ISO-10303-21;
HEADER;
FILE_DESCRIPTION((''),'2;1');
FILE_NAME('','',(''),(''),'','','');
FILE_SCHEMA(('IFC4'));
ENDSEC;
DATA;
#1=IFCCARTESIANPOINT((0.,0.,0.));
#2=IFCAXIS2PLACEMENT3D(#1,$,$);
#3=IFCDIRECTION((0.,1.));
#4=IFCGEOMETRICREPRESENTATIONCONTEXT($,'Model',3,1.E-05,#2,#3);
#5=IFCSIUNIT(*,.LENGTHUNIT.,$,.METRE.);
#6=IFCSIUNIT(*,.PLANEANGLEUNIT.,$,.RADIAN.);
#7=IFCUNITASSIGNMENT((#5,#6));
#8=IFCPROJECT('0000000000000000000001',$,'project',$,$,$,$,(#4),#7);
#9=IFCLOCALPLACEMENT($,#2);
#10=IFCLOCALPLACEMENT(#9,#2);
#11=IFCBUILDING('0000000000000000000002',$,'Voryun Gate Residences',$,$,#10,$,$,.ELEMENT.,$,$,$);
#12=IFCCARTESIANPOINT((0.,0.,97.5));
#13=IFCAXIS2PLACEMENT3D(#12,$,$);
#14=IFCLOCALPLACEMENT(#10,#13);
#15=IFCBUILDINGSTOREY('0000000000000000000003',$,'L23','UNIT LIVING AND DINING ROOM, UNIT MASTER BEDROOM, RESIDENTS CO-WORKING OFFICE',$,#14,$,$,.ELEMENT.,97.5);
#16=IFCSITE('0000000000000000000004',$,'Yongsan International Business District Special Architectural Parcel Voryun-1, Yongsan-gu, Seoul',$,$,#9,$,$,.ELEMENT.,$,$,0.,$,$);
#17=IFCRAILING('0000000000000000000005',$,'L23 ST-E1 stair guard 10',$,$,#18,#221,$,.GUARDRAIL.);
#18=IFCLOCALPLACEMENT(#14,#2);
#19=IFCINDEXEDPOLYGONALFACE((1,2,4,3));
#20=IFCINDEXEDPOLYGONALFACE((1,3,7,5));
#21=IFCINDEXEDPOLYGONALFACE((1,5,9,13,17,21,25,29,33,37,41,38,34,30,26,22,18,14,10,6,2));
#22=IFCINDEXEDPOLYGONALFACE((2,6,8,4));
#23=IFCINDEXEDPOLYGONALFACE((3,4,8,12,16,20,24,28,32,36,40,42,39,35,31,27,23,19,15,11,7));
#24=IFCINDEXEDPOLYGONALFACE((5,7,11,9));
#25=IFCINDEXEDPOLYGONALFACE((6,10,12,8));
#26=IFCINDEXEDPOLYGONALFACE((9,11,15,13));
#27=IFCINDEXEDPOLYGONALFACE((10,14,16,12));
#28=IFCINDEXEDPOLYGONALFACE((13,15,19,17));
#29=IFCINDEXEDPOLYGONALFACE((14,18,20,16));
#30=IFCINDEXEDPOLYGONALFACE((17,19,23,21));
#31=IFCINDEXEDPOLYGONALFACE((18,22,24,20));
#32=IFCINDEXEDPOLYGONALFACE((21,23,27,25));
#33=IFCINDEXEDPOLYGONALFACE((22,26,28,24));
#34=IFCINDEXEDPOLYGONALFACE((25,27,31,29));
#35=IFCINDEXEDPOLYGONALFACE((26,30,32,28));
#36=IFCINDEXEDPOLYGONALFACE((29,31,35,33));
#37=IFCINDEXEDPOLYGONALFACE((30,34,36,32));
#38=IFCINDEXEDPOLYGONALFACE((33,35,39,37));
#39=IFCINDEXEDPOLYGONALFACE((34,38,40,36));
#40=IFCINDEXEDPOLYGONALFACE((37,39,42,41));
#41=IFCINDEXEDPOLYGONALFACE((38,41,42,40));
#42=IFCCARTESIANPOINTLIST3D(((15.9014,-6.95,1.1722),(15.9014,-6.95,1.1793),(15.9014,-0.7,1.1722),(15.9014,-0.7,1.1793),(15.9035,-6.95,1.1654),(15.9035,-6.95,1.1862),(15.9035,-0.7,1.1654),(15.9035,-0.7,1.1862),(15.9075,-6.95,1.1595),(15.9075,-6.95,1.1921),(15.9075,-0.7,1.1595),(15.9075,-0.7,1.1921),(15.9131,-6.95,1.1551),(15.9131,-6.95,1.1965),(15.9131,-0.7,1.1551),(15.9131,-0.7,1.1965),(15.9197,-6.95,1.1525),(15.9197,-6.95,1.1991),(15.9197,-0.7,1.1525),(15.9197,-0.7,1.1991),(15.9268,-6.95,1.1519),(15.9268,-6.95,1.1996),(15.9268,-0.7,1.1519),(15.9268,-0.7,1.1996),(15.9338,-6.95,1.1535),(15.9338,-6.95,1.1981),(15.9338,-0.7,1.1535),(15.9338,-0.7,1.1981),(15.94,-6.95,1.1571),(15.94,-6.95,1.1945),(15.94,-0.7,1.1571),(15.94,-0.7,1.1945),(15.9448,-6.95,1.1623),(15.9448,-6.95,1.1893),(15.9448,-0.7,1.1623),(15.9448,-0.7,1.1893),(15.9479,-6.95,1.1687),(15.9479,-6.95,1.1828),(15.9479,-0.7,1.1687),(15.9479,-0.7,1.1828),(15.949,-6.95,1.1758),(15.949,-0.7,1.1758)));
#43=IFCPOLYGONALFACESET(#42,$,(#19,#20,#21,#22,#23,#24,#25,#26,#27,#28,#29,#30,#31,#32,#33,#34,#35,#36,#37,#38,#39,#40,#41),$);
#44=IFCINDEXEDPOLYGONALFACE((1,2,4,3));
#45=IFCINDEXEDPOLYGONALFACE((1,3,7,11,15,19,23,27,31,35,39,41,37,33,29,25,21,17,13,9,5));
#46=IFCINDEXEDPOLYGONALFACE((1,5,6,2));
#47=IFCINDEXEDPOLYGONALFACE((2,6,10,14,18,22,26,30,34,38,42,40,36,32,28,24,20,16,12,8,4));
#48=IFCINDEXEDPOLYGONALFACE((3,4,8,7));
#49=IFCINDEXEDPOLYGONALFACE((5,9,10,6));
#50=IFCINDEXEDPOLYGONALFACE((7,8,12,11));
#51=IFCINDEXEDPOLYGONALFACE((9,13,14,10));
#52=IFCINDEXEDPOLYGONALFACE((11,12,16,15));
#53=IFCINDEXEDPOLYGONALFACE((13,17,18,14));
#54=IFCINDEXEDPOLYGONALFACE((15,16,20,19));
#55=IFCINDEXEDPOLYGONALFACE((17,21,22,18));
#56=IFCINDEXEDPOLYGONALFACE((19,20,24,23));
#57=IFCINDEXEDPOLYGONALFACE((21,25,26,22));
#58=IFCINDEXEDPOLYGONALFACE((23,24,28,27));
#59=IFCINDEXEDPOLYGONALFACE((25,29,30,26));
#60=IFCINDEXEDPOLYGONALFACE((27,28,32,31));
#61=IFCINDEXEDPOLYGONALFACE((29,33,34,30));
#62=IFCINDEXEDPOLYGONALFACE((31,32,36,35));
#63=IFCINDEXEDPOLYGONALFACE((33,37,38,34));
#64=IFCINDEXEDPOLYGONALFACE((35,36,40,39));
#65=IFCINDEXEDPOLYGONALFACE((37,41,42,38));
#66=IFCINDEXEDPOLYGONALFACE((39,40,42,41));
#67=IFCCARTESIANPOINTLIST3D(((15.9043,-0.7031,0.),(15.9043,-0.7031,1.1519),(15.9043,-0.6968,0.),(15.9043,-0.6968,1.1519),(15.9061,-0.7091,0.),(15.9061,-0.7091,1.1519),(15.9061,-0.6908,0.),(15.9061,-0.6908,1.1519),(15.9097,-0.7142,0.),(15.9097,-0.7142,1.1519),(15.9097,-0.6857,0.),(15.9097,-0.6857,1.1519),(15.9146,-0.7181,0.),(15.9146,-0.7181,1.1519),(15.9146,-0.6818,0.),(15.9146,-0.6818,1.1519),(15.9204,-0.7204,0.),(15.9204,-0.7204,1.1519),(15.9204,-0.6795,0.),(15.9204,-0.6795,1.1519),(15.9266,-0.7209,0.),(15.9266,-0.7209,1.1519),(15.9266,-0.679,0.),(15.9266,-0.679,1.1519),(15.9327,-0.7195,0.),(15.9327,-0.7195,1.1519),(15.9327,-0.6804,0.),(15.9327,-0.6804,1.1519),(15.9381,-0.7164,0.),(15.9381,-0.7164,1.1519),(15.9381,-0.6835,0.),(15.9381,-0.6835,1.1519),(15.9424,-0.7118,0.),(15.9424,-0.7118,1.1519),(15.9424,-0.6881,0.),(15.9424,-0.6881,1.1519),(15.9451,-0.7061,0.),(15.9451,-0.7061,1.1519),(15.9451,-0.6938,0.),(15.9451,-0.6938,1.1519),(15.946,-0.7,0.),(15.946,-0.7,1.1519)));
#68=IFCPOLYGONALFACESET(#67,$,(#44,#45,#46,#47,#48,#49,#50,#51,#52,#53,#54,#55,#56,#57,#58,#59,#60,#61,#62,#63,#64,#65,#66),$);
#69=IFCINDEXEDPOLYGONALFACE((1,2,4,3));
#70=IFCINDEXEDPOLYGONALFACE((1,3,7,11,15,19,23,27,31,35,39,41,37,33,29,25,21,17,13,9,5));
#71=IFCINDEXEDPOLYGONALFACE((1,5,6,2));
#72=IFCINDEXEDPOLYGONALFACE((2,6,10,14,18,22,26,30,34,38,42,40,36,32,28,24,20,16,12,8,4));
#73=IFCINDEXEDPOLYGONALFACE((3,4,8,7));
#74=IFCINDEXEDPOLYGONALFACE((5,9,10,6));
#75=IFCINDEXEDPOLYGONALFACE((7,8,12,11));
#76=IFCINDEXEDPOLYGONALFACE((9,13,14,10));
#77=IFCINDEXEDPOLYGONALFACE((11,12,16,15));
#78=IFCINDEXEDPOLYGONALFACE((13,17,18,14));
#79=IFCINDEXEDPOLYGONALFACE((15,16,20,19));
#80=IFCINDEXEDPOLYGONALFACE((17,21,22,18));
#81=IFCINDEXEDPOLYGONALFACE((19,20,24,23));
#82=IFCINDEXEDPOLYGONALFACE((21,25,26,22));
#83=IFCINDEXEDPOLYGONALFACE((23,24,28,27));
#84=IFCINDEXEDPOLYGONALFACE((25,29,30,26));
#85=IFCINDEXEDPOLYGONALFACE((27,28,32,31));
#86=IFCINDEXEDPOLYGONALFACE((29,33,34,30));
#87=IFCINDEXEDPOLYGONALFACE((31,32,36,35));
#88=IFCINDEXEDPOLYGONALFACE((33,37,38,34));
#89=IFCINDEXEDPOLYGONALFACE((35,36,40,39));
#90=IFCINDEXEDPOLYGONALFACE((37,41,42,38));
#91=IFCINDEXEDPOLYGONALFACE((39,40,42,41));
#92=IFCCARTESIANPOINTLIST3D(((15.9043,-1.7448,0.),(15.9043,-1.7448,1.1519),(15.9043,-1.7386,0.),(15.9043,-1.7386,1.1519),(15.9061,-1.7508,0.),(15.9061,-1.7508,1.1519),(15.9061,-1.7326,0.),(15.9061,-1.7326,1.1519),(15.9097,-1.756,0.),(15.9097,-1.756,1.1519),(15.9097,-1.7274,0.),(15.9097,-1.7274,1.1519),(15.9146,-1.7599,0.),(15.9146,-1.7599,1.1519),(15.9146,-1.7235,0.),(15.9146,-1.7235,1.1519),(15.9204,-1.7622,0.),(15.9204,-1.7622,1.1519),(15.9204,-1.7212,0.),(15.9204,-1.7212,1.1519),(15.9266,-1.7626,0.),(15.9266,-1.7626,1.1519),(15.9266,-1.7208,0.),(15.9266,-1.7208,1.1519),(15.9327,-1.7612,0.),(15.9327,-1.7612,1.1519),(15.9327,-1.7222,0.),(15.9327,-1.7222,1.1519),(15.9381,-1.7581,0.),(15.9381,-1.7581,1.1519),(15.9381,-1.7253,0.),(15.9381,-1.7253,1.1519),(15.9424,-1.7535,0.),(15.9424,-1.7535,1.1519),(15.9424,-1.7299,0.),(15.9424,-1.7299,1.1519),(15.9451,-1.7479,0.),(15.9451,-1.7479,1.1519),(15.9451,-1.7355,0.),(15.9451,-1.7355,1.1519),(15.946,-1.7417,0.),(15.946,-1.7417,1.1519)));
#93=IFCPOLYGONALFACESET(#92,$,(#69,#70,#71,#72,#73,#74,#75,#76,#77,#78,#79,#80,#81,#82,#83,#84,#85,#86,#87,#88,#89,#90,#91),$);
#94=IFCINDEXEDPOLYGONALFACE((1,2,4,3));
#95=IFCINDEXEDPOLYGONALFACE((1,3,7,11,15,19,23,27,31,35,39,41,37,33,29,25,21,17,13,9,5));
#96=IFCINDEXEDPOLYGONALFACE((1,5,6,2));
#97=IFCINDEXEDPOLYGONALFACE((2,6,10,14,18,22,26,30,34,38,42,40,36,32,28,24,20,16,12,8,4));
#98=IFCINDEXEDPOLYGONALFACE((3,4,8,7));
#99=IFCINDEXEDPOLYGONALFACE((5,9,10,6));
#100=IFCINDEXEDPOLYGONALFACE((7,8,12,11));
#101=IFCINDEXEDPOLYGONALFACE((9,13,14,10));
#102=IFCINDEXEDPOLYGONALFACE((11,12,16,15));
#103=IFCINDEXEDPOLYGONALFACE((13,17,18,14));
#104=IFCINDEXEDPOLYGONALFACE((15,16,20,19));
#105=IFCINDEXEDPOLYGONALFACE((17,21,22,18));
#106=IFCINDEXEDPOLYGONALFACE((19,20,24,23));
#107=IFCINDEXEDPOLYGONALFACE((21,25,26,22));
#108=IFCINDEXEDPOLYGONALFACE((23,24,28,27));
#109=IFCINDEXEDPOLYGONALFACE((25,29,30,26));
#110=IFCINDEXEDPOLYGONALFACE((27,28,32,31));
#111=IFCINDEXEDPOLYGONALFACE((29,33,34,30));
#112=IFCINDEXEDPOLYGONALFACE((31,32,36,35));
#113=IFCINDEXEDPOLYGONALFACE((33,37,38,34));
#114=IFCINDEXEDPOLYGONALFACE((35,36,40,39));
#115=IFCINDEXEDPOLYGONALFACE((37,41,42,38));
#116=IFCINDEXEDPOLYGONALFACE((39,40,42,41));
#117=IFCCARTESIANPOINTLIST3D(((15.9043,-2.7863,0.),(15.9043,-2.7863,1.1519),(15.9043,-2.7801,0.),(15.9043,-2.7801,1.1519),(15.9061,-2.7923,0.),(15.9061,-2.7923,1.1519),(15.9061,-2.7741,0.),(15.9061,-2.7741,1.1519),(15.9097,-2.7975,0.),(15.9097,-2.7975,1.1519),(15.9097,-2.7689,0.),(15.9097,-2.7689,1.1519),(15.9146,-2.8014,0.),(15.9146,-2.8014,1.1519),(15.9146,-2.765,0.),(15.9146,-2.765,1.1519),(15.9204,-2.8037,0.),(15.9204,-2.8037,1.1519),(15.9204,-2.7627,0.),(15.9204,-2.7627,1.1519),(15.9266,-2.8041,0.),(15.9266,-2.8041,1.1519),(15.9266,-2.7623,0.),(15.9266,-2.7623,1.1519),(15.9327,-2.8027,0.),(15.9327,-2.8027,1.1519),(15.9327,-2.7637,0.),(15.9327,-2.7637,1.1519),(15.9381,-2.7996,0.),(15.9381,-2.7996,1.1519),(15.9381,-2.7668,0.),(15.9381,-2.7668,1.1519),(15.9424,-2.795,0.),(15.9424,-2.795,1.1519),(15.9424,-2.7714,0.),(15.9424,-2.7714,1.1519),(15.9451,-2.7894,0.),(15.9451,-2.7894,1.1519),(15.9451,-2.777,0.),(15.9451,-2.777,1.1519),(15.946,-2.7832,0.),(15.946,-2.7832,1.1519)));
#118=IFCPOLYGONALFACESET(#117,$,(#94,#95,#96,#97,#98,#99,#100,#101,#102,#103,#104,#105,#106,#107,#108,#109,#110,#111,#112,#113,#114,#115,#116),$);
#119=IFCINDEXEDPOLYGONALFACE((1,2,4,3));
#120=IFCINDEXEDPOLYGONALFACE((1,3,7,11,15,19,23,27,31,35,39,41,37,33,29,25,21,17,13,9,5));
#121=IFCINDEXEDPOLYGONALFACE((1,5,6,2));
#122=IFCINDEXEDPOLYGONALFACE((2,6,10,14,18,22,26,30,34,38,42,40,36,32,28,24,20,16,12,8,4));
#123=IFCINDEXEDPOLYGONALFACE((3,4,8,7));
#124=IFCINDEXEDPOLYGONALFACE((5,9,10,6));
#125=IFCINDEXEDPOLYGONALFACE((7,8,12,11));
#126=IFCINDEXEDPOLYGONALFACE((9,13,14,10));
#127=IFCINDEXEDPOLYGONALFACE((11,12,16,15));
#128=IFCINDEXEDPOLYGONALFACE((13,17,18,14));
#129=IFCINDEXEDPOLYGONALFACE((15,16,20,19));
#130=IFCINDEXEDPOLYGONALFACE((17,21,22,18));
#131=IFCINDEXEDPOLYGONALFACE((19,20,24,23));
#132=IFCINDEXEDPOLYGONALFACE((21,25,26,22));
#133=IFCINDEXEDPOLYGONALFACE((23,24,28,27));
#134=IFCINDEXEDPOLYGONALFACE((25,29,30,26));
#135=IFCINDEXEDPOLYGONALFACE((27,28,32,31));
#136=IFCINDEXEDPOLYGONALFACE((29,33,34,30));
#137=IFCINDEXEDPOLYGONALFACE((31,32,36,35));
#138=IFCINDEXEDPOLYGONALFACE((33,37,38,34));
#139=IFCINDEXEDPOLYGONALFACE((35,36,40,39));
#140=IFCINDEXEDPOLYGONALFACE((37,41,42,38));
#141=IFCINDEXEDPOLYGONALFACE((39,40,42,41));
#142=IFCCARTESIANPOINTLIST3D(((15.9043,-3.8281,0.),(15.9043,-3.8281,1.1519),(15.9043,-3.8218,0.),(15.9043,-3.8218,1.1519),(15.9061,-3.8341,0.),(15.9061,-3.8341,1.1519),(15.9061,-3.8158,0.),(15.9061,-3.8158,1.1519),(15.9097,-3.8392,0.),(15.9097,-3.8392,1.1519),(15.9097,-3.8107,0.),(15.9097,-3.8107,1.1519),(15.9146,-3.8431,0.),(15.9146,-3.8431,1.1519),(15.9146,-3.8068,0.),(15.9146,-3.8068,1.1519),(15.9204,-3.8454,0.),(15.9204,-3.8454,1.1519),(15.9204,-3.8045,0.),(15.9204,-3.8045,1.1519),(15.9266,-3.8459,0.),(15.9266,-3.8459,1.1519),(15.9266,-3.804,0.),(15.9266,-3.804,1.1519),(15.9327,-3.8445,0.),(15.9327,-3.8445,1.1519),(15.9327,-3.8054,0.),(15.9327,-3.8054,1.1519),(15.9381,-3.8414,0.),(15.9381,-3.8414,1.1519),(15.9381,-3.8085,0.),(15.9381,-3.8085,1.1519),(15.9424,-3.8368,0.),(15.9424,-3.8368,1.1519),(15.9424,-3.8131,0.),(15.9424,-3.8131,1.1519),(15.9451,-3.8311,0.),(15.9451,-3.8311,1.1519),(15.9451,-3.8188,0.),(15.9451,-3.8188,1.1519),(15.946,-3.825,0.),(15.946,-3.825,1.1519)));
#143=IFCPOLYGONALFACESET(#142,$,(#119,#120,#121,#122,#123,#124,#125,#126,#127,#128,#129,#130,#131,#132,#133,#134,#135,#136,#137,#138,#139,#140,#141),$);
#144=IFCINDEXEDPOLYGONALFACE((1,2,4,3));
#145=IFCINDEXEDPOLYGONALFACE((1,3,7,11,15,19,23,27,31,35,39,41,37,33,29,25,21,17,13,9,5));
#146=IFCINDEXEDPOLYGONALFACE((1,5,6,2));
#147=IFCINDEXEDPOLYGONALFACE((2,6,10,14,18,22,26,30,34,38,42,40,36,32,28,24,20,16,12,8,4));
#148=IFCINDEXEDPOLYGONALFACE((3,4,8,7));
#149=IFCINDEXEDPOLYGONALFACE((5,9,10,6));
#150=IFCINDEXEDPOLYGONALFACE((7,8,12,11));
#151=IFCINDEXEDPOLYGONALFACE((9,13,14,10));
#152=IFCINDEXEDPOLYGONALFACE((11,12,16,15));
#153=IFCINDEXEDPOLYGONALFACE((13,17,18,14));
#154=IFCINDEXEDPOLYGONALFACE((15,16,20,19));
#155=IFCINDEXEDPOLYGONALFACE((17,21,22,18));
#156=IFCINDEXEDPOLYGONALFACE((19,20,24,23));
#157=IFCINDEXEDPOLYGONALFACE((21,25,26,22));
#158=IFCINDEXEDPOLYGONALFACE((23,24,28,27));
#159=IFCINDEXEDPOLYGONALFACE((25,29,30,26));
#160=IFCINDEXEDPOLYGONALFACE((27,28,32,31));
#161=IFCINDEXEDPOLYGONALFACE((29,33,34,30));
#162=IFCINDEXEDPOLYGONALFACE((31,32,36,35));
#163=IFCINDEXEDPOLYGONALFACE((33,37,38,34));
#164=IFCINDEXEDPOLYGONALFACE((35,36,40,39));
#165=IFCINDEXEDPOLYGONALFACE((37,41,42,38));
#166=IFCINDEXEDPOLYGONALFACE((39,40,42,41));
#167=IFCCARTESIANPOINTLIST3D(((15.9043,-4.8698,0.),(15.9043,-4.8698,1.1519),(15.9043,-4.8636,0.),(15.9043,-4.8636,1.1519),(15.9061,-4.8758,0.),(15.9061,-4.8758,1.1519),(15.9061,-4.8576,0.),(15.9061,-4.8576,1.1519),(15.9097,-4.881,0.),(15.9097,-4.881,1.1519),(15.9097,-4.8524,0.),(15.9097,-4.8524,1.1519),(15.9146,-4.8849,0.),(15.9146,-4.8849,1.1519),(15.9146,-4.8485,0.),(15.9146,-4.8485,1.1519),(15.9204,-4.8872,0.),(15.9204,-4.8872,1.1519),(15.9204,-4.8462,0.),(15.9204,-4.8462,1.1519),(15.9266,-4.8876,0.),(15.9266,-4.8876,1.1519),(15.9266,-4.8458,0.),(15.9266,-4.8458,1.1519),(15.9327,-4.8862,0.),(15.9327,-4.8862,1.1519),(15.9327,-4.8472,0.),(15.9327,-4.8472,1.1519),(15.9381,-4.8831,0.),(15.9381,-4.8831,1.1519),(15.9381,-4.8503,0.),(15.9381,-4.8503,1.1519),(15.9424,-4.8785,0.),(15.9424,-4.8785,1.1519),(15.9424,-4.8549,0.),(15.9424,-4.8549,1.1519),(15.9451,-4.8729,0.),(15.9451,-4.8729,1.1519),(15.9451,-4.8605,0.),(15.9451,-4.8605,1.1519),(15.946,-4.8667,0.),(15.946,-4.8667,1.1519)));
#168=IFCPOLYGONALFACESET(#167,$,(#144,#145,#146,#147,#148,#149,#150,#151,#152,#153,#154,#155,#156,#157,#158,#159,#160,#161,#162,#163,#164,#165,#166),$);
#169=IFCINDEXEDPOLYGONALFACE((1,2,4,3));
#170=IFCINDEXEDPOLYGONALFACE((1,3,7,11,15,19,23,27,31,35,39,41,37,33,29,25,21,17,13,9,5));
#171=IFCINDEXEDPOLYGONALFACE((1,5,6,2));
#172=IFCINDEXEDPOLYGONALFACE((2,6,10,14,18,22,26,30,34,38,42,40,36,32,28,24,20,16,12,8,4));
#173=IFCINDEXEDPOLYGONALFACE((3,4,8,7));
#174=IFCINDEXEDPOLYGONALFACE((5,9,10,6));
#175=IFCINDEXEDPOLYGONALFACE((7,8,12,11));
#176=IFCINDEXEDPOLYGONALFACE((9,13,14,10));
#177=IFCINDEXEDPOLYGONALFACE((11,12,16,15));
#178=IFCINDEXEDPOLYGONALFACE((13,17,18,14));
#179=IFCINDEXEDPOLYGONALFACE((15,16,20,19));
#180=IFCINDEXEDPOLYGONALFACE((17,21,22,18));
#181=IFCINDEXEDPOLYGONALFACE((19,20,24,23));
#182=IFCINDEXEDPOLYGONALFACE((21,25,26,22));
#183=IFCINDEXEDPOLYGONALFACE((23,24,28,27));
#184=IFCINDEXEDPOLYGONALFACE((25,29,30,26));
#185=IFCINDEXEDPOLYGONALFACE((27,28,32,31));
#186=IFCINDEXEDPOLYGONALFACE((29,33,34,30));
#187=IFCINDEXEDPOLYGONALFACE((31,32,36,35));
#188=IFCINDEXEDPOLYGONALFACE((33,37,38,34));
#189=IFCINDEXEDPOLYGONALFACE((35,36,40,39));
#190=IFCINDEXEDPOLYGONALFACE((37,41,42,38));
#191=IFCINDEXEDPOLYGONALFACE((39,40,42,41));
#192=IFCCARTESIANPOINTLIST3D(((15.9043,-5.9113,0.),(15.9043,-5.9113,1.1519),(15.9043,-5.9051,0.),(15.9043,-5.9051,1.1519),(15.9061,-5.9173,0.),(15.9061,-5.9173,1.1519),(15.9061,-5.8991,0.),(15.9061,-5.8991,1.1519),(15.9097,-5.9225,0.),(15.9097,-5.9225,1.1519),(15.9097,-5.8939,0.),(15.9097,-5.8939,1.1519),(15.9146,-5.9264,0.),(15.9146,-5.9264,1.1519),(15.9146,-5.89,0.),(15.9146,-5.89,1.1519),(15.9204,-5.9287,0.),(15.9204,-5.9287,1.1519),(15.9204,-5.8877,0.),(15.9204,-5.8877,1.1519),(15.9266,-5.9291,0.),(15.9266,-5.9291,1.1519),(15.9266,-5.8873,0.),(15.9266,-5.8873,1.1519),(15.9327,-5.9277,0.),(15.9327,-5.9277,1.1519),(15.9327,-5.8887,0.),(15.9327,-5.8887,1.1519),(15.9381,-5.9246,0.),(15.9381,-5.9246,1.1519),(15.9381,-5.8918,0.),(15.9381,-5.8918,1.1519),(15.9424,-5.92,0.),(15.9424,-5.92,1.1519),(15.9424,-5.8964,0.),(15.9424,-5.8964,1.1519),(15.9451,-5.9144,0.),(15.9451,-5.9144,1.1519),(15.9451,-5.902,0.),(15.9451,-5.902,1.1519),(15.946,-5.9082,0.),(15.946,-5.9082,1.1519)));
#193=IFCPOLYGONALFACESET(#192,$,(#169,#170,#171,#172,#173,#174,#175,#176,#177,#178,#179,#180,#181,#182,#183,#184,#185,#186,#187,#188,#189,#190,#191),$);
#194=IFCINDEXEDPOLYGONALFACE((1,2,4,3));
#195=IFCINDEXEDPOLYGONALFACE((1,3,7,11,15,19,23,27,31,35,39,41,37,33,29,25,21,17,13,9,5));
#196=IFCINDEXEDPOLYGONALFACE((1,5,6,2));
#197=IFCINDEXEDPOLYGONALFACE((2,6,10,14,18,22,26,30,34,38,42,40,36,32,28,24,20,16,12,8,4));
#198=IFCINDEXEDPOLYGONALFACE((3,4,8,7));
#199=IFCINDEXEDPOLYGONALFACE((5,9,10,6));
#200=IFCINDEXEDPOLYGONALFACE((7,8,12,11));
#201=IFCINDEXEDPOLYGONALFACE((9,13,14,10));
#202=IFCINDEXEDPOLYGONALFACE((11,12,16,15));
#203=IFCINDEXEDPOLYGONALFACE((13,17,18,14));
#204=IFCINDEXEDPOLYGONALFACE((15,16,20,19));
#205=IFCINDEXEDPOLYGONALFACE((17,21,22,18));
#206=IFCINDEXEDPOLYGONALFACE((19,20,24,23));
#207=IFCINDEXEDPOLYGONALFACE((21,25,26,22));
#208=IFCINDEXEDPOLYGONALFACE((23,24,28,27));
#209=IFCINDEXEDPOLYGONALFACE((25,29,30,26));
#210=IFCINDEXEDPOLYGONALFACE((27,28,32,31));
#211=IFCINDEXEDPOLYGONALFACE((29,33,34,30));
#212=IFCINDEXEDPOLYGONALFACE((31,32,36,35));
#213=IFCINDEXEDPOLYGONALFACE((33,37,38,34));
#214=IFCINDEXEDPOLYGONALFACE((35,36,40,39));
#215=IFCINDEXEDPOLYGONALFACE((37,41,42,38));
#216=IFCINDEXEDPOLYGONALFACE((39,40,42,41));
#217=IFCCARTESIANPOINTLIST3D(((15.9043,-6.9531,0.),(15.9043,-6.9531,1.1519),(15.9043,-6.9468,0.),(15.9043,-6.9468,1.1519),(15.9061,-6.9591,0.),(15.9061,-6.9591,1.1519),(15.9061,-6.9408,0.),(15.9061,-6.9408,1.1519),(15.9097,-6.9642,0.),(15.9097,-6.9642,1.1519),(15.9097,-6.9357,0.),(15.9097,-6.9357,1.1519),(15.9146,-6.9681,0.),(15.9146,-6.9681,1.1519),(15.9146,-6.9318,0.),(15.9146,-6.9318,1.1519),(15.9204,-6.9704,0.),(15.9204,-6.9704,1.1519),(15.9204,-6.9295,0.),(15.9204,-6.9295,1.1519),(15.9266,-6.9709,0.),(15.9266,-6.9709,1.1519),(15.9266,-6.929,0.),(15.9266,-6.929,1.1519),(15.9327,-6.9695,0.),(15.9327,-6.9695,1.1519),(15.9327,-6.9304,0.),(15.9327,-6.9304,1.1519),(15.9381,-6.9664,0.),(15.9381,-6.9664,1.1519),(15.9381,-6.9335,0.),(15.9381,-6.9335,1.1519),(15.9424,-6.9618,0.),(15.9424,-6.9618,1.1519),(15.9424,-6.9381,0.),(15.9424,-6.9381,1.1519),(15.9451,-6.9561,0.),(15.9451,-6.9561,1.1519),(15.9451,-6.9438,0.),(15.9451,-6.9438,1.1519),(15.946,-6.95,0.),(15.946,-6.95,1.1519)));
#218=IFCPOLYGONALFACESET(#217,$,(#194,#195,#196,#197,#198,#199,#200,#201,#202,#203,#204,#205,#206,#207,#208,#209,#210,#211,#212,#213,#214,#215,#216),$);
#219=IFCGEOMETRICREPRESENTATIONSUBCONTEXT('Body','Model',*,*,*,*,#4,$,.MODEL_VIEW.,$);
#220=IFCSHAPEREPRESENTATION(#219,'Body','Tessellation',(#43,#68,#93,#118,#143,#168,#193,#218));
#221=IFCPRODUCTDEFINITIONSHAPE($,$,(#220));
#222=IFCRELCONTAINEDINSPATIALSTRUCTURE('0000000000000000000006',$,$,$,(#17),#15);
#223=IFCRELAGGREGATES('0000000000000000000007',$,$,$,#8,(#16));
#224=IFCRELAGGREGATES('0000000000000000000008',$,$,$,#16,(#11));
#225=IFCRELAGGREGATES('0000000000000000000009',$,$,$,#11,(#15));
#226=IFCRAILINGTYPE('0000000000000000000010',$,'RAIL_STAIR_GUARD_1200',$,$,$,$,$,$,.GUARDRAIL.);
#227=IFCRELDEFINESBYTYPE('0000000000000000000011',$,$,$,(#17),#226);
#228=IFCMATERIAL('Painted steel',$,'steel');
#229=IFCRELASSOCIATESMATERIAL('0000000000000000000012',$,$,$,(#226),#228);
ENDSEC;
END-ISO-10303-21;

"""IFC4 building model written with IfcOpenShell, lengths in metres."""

from ifc_helpers import new_model, si_unit, direction, frame, origin, origin_2d, place, context, subcontext, project, spatial, circle, extrude, material, type_object, element, save


model = new_model("IFC4")

# Units and contexts
model_context = context("Model", 3, precision=1e-05, world=origin(), true_north=direction((0.0, 1.0)))
body_context = subcontext(model_context, "Body", "Model", "MODEL_VIEW")
ifc_project = project(units=[si_unit("LENGTHUNIT", "METRE"), si_unit("PLANEANGLEUNIT", "RADIAN")], contexts=[model_context])

# Site, building, storey
site_placement = place(None, origin())
site = spatial("IfcSite", under=ifc_project, at=site_placement, Name="Yongsan International Business District Special Architectural Parcel Voryun-1, Yongsan-gu, Seoul", CompositionType="ELEMENT", RefElevation=0.0)
building_placement = place(site_placement, origin())
building = spatial("IfcBuilding", under=site, at=building_placement, Name="Voryun Gate Residences", CompositionType="ELEMENT")
storey_placement = place(building_placement, frame((0.0, 0.0, 97.5)))
storey = spatial("IfcBuildingStorey", under=building, at=storey_placement, Name="L23", Description="UNIT LIVING AND DINING ROOM, UNIT MASTER BEDROOM, RESIDENTS CO-WORKING OFFICE", CompositionType="ELEMENT", Elevation=97.5)

# Railing
ifc_material_1 = material(Name="Painted steel", Category="steel")
railing_type = type_object("IfcRailingType", Name="RAIL_STAIR_GUARD_1200", PredefinedType="GUARDRAIL", material=ifc_material_1)
railing_1_placement = place(storey_placement, frame((15.925, -0.7, 0.0)))
element("IfcRailing", 1, at=railing_1_placement, inside=storey, type_object=railing_type, Name="L23 ST-E1 stair guard 10", PredefinedType="GUARDRAIL", context=body_context, shape_type="SweptSolid", body=[
    extrude(circle(Radius=0.0239, at=origin_2d()), frame((0.0, 0.0, 1.1758), z_axis=(0.0, -1.0, 0.0), x_axis=(1.0, 0.0, 0.0)), (0.0, 0.0, 1.0), 6.25),
    extrude(circle(Radius=0.021, at=origin_2d()), origin(), (0.0, 0.0, 1.0), 1.1519),
    extrude(circle(Radius=0.021, at=origin_2d()), frame((0.0, -1.0417, 0.0)), (0.0, 0.0, 1.0), 1.1519),
    extrude(circle(Radius=0.021, at=origin_2d()), frame((0.0, -2.0833, 0.0)), (0.0, 0.0, 1.0), 1.1519),
    extrude(circle(Radius=0.021, at=origin_2d()), frame((0.0, -3.125, 0.0)), (0.0, 0.0, 1.0), 1.1519),
    extrude(circle(Radius=0.021, at=origin_2d()), frame((0.0, -4.1667, 0.0)), (0.0, 0.0, 1.0), 1.1519),
    extrude(circle(Radius=0.021, at=origin_2d()), frame((0.0, -5.2083, 0.0)), (0.0, 0.0, 1.0), 1.1519),
    extrude(circle(Radius=0.021, at=origin_2d()), frame((0.0, -6.25, 0.0)), (0.0, 0.0, 1.0), 1.1519),
])

save(model, "model.ifc")
